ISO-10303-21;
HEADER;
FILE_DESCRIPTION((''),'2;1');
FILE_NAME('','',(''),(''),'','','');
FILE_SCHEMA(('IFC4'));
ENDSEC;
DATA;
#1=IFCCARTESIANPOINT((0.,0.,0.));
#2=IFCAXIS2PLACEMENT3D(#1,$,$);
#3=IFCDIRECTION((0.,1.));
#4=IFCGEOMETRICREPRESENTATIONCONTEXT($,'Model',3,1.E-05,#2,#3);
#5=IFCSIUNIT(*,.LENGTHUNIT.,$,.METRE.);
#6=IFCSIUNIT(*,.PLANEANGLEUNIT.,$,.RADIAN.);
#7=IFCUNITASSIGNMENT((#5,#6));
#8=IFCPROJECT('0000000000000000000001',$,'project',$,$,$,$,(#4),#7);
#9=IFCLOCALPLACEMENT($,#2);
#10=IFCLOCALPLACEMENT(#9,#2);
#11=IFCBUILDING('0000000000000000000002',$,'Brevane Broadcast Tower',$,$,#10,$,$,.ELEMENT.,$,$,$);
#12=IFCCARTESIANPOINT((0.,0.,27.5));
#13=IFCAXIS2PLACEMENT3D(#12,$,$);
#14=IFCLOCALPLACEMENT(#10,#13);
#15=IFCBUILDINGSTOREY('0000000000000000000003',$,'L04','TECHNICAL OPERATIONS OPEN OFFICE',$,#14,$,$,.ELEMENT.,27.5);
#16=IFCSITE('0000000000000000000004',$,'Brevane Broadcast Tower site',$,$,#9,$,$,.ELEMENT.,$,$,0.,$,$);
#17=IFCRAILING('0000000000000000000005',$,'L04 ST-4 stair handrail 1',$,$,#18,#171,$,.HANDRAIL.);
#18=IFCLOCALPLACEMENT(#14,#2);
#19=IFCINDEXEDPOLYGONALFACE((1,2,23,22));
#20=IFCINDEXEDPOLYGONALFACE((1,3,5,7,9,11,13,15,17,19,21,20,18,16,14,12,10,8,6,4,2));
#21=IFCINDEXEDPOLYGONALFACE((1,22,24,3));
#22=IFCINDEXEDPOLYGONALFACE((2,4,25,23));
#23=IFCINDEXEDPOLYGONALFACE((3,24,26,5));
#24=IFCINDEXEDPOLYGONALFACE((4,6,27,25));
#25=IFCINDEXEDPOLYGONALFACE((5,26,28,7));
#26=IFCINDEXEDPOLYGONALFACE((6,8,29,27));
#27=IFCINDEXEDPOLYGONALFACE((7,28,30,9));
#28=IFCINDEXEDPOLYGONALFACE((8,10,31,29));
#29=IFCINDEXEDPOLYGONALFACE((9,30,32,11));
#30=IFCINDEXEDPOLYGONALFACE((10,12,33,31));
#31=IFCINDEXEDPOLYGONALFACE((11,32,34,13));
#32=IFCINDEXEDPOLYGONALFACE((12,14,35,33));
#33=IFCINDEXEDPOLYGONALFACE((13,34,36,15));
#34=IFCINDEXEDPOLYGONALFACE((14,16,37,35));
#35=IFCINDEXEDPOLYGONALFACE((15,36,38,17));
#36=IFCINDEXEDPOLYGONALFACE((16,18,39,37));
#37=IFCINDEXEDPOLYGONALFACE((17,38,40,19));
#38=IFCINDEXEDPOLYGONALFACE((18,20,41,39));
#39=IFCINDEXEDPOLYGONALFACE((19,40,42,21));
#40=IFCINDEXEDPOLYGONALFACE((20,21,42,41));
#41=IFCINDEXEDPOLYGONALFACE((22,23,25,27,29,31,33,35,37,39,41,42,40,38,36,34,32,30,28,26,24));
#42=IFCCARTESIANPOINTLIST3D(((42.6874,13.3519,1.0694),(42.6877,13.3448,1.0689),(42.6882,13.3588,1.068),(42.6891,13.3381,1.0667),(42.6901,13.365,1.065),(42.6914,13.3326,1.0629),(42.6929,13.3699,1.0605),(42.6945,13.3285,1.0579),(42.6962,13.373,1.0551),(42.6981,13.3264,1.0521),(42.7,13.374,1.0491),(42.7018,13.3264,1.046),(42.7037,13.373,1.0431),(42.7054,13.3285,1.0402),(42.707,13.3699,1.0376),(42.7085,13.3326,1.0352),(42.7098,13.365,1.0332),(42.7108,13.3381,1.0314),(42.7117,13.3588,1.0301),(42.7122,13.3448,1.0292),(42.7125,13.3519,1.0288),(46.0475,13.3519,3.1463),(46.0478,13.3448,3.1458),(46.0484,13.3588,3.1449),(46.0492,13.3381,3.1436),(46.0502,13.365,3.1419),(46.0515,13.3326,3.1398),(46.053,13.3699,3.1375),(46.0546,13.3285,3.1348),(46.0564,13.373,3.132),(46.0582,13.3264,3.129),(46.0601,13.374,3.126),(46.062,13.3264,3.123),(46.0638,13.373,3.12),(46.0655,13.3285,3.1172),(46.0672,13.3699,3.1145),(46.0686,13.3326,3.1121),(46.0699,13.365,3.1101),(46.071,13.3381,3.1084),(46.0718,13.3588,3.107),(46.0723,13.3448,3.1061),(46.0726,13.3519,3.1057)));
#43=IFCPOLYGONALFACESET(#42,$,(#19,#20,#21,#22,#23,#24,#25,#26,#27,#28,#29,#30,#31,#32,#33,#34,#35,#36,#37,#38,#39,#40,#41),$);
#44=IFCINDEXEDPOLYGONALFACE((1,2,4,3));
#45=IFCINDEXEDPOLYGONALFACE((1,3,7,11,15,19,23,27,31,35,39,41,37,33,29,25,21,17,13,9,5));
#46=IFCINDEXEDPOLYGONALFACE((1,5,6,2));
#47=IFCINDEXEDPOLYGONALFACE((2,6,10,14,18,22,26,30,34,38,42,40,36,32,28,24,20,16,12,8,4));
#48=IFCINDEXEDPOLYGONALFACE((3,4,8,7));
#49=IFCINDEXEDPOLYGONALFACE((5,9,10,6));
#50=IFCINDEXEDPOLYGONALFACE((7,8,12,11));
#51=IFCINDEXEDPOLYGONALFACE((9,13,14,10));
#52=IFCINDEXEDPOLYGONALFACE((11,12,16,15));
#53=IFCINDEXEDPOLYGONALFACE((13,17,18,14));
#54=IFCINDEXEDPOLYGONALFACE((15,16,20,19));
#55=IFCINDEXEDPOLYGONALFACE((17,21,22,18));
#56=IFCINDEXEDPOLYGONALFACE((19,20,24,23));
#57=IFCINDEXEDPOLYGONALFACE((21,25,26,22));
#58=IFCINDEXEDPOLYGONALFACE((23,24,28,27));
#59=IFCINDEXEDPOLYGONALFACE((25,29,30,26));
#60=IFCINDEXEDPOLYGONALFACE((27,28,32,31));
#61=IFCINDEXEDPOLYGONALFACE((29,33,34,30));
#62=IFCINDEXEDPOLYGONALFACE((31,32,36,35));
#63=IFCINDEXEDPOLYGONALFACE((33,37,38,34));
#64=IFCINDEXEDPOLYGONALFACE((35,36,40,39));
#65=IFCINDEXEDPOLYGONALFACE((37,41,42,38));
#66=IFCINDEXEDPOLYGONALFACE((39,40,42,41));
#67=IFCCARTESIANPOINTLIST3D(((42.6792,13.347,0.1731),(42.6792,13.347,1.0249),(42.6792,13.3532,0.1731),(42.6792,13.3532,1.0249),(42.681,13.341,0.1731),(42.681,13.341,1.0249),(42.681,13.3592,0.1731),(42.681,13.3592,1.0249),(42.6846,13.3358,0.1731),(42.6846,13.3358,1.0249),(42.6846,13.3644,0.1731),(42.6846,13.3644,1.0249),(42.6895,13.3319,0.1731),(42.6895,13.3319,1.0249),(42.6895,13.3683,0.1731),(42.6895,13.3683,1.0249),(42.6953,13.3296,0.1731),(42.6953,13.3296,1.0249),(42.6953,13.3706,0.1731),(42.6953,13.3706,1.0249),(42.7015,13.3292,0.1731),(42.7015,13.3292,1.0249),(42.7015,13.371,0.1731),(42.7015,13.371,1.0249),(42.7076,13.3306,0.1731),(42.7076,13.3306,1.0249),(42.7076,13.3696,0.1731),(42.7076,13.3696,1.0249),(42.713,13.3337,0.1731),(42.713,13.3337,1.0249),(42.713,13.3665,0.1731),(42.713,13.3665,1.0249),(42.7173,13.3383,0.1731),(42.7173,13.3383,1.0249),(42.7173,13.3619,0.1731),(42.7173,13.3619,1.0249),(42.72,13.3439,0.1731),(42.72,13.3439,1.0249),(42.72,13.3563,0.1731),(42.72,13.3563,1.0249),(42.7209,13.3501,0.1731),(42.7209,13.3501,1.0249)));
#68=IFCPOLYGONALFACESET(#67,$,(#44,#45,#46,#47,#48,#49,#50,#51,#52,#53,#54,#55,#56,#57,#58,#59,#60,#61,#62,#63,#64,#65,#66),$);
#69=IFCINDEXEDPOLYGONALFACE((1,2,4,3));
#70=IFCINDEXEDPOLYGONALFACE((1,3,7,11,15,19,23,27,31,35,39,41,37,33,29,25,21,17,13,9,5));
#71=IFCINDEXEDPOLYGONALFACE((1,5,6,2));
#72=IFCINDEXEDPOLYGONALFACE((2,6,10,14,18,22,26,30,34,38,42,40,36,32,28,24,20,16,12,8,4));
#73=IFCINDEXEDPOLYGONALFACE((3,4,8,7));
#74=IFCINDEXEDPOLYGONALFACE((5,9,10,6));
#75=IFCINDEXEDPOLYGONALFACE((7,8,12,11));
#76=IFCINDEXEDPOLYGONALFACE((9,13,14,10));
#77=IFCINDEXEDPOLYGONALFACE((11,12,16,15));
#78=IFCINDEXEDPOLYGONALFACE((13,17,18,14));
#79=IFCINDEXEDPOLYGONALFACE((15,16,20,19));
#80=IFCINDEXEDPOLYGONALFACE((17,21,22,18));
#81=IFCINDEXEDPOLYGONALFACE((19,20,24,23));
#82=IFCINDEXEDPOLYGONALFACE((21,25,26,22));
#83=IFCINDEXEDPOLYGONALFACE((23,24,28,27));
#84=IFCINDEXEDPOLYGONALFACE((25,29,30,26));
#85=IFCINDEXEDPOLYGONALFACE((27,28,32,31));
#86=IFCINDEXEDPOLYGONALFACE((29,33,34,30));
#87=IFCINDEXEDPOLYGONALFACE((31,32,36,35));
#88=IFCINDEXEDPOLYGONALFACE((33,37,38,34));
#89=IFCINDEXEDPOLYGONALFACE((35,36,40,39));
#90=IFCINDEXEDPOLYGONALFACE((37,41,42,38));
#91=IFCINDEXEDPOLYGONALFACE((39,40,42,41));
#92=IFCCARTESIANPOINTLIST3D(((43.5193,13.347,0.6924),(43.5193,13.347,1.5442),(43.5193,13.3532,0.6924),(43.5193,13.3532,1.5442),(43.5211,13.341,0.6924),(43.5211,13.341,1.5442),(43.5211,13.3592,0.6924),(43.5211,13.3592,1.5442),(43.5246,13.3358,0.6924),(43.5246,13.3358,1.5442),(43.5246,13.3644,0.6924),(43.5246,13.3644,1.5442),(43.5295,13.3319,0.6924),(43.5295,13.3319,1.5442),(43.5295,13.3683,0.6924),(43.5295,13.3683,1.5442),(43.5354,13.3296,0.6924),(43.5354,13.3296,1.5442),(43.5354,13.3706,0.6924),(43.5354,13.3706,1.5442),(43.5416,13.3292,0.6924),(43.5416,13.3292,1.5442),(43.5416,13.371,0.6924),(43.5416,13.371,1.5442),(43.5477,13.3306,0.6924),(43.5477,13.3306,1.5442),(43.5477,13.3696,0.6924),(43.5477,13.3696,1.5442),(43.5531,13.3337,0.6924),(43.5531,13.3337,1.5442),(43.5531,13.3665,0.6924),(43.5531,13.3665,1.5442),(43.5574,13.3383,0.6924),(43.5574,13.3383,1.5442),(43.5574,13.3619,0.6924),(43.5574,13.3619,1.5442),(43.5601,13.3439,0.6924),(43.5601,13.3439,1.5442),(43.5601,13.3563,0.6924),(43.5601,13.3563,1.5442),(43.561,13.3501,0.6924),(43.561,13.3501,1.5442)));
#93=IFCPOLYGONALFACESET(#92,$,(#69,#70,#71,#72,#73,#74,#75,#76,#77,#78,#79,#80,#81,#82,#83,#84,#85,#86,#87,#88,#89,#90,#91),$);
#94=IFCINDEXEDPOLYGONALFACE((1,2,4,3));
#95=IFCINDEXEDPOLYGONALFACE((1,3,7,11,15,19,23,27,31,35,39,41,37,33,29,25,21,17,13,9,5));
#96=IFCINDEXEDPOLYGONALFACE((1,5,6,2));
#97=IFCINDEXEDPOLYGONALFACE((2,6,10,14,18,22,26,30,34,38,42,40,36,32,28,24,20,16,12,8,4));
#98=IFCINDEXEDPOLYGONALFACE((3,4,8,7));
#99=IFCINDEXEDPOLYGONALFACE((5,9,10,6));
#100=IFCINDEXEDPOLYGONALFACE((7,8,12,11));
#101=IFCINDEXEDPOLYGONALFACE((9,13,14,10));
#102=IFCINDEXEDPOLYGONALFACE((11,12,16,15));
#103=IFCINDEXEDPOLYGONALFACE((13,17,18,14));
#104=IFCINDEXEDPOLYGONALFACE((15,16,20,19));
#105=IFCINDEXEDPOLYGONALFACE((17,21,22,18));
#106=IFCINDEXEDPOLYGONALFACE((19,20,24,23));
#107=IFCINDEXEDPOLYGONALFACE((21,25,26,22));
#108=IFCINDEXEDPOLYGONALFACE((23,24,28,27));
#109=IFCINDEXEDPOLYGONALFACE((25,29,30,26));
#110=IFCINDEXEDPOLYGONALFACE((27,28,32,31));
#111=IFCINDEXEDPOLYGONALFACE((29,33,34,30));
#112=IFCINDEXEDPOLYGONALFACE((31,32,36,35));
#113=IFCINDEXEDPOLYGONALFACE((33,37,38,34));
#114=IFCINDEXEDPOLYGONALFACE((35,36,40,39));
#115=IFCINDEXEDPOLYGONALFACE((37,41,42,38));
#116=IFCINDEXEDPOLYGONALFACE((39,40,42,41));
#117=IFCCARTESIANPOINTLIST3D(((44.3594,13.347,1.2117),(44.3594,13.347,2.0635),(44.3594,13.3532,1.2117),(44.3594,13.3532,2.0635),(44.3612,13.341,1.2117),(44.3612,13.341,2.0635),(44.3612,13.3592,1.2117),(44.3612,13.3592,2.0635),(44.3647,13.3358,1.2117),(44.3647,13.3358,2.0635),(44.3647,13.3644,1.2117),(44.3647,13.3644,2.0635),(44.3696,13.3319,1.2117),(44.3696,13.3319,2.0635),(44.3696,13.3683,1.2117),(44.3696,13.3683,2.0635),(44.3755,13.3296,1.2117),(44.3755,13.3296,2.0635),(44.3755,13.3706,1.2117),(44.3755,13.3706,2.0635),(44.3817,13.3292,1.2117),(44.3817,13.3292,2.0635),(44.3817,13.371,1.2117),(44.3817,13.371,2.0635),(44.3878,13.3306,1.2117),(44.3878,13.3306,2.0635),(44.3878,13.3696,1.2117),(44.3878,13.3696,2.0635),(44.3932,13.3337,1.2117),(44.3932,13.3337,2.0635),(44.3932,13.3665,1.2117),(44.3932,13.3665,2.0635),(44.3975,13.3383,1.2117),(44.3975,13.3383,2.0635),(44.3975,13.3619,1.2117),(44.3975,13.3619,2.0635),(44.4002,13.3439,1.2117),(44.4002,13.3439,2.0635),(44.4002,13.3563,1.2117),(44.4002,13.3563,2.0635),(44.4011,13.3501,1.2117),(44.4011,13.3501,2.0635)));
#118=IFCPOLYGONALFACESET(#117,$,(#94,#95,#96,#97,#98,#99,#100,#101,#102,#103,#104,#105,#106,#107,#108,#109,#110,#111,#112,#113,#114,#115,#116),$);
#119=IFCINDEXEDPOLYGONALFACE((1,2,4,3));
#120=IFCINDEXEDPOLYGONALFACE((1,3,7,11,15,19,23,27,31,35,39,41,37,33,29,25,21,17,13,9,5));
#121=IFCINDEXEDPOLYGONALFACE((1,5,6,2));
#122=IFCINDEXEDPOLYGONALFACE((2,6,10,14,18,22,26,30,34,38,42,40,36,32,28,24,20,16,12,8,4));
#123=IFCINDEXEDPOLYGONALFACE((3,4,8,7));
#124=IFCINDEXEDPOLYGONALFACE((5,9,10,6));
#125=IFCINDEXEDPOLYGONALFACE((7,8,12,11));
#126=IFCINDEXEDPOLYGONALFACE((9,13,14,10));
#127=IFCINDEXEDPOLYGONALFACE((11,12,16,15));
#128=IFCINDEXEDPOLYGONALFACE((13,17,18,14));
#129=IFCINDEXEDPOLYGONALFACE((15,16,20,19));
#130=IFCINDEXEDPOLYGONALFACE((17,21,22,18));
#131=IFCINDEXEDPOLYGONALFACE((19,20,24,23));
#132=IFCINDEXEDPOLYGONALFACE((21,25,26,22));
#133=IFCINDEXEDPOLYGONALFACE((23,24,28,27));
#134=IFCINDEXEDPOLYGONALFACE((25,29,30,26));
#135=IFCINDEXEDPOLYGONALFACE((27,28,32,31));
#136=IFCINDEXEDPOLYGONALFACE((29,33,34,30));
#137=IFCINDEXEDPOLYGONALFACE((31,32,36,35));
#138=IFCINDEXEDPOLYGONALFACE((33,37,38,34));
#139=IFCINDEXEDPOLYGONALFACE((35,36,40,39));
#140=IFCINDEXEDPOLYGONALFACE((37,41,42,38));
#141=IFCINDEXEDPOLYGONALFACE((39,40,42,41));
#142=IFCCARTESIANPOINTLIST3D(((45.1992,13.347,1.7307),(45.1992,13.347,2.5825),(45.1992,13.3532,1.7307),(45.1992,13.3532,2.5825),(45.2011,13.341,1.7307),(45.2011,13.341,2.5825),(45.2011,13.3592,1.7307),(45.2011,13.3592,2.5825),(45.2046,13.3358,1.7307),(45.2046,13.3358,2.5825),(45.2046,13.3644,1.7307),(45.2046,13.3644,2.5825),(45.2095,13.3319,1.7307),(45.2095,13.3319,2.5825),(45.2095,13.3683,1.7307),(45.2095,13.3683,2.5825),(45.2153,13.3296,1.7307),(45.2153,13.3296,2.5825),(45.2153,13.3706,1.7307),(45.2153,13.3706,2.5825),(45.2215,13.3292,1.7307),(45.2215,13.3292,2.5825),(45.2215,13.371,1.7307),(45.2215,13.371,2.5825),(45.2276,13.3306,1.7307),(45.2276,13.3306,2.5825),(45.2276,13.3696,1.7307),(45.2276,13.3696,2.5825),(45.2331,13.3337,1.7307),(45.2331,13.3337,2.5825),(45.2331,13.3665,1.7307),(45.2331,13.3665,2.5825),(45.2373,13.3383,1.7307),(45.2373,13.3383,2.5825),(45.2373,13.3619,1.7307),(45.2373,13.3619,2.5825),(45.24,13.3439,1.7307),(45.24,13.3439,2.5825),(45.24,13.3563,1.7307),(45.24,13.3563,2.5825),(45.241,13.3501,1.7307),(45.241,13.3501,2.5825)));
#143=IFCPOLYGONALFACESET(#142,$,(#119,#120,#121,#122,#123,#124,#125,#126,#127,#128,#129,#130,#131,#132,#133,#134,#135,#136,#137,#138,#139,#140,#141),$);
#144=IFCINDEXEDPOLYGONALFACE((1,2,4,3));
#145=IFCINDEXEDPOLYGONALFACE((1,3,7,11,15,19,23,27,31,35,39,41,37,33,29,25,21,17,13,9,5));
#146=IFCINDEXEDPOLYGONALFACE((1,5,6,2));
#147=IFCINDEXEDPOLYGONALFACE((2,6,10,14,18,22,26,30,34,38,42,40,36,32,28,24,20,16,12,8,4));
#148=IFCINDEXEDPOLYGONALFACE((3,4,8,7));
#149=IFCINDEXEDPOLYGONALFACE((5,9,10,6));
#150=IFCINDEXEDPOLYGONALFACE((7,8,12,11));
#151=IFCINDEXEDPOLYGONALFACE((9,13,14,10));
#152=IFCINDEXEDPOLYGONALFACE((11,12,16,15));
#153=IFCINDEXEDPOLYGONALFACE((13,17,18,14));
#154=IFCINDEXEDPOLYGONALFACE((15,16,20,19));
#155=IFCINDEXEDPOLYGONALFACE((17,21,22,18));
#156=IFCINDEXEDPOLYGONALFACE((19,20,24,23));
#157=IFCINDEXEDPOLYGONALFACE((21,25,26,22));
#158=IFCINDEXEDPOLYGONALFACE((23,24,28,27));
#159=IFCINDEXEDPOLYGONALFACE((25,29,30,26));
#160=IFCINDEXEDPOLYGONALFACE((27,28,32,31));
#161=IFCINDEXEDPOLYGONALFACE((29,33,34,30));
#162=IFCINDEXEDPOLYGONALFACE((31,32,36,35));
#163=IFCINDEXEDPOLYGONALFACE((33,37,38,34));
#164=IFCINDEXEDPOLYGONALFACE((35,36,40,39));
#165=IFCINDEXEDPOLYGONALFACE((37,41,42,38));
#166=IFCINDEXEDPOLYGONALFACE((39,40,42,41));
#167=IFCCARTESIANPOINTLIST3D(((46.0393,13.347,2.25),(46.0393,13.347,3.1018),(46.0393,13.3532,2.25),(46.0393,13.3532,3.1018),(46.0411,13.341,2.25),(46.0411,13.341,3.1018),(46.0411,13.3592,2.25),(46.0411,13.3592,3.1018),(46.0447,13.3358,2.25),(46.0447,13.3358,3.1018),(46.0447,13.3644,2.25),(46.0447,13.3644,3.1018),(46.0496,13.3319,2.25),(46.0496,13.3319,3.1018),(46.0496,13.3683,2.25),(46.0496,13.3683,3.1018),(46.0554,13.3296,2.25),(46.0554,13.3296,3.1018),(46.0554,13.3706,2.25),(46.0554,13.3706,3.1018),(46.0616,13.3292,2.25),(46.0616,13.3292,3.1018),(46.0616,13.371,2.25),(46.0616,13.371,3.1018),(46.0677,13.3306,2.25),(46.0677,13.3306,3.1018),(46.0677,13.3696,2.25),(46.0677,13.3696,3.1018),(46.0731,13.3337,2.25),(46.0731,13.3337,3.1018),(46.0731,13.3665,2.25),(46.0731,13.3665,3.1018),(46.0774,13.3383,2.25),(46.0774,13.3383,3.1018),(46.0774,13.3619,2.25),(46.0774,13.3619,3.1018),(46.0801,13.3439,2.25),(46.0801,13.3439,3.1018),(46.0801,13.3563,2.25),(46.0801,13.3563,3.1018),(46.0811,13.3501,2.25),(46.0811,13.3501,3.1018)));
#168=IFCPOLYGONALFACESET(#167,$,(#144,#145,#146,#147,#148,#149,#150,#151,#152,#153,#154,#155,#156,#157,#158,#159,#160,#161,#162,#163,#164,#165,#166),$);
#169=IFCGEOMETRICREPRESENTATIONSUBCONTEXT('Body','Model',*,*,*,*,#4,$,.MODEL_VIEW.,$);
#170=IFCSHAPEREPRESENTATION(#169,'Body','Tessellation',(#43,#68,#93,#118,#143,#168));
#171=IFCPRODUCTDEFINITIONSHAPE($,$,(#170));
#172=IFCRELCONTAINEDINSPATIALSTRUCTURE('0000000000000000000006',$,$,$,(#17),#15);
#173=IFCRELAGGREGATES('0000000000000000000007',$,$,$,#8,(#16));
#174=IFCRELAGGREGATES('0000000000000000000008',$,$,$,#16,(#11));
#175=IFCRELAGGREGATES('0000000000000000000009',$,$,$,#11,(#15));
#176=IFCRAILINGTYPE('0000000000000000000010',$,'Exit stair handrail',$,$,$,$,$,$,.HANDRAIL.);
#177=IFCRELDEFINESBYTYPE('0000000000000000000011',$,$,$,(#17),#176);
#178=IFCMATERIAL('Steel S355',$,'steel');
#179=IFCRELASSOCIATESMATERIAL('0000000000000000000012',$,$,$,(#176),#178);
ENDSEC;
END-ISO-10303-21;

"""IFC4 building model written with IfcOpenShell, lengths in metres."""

from ifc_helpers import new_model, si_unit, direction, frame, origin, origin_2d, place, context, subcontext, project, spatial, circle, extrude, material, type_object, element, save


model = new_model("IFC4")

# Units and contexts
model_context = context("Model", 3, precision=1e-05, world=origin(), true_north=direction((0.0, 1.0)))
body_context = subcontext(model_context, "Body", "Model", "MODEL_VIEW")
ifc_project = project(units=[si_unit("LENGTHUNIT", "METRE"), si_unit("PLANEANGLEUNIT", "RADIAN")], contexts=[model_context])

# Site, building, storey
site_placement = place(None, origin())
site = spatial("IfcSite", under=ifc_project, at=site_placement, Name="Brevane Broadcast Tower site", CompositionType="ELEMENT", RefElevation=0.0)
building_placement = place(site_placement, origin())
building = spatial("IfcBuilding", under=site, at=building_placement, Name="Brevane Broadcast Tower", CompositionType="ELEMENT")
storey_placement = place(building_placement, frame((0.0, 0.0, 27.5)))
storey = spatial("IfcBuildingStorey", under=building, at=storey_placement, Name="L04", Description="TECHNICAL OPERATIONS OPEN OFFICE", CompositionType="ELEMENT", Elevation=27.5)

# Railing
ifc_material_1 = material(Name="Steel S355", Category="steel")
railing_type_1 = type_object("IfcRailingType", Name="Exit stair handrail", PredefinedType="HANDRAIL", material=ifc_material_1)
railing_1_placement = place(storey_placement, frame((42.7, 13.3501, 0.1731)))
element("IfcRailing", 1, at=railing_1_placement, inside=storey, type_object=railing_type_1, Name="L04 ST-4 stair handrail 1", PredefinedType="HANDRAIL", context=body_context, shape_type="SweptSolid", body=[
    extrude(circle(Radius=0.0239, at=origin_2d()), frame((0.0, 0.0, 0.876), z_axis=(0.850623, 0.0, 0.525776), x_axis=(0.0, 1.0, 0.0)), (0.0, 0.0, 1.0), 3.9502),
    extrude(circle(Radius=0.021, at=origin_2d()), origin(), (0.0, 0.0, 1.0), 0.8518),
    extrude(circle(Radius=0.021, at=origin_2d()), frame((0.8401, 0.0, 0.5193)), (0.0, 0.0, 1.0), 0.8518),
    extrude(circle(Radius=0.021, at=origin_2d()), frame((1.6802, 0.0, 1.0386)), (0.0, 0.0, 1.0), 0.8518),
    extrude(circle(Radius=0.021, at=origin_2d()), frame((2.52, 0.0, 1.5576)), (0.0, 0.0, 1.0), 0.8518),
    extrude(circle(Radius=0.021, at=origin_2d()), frame((3.3601, 0.0, 2.0769)), (0.0, 0.0, 1.0), 0.8518),
])

save(model, "model.ifc")
